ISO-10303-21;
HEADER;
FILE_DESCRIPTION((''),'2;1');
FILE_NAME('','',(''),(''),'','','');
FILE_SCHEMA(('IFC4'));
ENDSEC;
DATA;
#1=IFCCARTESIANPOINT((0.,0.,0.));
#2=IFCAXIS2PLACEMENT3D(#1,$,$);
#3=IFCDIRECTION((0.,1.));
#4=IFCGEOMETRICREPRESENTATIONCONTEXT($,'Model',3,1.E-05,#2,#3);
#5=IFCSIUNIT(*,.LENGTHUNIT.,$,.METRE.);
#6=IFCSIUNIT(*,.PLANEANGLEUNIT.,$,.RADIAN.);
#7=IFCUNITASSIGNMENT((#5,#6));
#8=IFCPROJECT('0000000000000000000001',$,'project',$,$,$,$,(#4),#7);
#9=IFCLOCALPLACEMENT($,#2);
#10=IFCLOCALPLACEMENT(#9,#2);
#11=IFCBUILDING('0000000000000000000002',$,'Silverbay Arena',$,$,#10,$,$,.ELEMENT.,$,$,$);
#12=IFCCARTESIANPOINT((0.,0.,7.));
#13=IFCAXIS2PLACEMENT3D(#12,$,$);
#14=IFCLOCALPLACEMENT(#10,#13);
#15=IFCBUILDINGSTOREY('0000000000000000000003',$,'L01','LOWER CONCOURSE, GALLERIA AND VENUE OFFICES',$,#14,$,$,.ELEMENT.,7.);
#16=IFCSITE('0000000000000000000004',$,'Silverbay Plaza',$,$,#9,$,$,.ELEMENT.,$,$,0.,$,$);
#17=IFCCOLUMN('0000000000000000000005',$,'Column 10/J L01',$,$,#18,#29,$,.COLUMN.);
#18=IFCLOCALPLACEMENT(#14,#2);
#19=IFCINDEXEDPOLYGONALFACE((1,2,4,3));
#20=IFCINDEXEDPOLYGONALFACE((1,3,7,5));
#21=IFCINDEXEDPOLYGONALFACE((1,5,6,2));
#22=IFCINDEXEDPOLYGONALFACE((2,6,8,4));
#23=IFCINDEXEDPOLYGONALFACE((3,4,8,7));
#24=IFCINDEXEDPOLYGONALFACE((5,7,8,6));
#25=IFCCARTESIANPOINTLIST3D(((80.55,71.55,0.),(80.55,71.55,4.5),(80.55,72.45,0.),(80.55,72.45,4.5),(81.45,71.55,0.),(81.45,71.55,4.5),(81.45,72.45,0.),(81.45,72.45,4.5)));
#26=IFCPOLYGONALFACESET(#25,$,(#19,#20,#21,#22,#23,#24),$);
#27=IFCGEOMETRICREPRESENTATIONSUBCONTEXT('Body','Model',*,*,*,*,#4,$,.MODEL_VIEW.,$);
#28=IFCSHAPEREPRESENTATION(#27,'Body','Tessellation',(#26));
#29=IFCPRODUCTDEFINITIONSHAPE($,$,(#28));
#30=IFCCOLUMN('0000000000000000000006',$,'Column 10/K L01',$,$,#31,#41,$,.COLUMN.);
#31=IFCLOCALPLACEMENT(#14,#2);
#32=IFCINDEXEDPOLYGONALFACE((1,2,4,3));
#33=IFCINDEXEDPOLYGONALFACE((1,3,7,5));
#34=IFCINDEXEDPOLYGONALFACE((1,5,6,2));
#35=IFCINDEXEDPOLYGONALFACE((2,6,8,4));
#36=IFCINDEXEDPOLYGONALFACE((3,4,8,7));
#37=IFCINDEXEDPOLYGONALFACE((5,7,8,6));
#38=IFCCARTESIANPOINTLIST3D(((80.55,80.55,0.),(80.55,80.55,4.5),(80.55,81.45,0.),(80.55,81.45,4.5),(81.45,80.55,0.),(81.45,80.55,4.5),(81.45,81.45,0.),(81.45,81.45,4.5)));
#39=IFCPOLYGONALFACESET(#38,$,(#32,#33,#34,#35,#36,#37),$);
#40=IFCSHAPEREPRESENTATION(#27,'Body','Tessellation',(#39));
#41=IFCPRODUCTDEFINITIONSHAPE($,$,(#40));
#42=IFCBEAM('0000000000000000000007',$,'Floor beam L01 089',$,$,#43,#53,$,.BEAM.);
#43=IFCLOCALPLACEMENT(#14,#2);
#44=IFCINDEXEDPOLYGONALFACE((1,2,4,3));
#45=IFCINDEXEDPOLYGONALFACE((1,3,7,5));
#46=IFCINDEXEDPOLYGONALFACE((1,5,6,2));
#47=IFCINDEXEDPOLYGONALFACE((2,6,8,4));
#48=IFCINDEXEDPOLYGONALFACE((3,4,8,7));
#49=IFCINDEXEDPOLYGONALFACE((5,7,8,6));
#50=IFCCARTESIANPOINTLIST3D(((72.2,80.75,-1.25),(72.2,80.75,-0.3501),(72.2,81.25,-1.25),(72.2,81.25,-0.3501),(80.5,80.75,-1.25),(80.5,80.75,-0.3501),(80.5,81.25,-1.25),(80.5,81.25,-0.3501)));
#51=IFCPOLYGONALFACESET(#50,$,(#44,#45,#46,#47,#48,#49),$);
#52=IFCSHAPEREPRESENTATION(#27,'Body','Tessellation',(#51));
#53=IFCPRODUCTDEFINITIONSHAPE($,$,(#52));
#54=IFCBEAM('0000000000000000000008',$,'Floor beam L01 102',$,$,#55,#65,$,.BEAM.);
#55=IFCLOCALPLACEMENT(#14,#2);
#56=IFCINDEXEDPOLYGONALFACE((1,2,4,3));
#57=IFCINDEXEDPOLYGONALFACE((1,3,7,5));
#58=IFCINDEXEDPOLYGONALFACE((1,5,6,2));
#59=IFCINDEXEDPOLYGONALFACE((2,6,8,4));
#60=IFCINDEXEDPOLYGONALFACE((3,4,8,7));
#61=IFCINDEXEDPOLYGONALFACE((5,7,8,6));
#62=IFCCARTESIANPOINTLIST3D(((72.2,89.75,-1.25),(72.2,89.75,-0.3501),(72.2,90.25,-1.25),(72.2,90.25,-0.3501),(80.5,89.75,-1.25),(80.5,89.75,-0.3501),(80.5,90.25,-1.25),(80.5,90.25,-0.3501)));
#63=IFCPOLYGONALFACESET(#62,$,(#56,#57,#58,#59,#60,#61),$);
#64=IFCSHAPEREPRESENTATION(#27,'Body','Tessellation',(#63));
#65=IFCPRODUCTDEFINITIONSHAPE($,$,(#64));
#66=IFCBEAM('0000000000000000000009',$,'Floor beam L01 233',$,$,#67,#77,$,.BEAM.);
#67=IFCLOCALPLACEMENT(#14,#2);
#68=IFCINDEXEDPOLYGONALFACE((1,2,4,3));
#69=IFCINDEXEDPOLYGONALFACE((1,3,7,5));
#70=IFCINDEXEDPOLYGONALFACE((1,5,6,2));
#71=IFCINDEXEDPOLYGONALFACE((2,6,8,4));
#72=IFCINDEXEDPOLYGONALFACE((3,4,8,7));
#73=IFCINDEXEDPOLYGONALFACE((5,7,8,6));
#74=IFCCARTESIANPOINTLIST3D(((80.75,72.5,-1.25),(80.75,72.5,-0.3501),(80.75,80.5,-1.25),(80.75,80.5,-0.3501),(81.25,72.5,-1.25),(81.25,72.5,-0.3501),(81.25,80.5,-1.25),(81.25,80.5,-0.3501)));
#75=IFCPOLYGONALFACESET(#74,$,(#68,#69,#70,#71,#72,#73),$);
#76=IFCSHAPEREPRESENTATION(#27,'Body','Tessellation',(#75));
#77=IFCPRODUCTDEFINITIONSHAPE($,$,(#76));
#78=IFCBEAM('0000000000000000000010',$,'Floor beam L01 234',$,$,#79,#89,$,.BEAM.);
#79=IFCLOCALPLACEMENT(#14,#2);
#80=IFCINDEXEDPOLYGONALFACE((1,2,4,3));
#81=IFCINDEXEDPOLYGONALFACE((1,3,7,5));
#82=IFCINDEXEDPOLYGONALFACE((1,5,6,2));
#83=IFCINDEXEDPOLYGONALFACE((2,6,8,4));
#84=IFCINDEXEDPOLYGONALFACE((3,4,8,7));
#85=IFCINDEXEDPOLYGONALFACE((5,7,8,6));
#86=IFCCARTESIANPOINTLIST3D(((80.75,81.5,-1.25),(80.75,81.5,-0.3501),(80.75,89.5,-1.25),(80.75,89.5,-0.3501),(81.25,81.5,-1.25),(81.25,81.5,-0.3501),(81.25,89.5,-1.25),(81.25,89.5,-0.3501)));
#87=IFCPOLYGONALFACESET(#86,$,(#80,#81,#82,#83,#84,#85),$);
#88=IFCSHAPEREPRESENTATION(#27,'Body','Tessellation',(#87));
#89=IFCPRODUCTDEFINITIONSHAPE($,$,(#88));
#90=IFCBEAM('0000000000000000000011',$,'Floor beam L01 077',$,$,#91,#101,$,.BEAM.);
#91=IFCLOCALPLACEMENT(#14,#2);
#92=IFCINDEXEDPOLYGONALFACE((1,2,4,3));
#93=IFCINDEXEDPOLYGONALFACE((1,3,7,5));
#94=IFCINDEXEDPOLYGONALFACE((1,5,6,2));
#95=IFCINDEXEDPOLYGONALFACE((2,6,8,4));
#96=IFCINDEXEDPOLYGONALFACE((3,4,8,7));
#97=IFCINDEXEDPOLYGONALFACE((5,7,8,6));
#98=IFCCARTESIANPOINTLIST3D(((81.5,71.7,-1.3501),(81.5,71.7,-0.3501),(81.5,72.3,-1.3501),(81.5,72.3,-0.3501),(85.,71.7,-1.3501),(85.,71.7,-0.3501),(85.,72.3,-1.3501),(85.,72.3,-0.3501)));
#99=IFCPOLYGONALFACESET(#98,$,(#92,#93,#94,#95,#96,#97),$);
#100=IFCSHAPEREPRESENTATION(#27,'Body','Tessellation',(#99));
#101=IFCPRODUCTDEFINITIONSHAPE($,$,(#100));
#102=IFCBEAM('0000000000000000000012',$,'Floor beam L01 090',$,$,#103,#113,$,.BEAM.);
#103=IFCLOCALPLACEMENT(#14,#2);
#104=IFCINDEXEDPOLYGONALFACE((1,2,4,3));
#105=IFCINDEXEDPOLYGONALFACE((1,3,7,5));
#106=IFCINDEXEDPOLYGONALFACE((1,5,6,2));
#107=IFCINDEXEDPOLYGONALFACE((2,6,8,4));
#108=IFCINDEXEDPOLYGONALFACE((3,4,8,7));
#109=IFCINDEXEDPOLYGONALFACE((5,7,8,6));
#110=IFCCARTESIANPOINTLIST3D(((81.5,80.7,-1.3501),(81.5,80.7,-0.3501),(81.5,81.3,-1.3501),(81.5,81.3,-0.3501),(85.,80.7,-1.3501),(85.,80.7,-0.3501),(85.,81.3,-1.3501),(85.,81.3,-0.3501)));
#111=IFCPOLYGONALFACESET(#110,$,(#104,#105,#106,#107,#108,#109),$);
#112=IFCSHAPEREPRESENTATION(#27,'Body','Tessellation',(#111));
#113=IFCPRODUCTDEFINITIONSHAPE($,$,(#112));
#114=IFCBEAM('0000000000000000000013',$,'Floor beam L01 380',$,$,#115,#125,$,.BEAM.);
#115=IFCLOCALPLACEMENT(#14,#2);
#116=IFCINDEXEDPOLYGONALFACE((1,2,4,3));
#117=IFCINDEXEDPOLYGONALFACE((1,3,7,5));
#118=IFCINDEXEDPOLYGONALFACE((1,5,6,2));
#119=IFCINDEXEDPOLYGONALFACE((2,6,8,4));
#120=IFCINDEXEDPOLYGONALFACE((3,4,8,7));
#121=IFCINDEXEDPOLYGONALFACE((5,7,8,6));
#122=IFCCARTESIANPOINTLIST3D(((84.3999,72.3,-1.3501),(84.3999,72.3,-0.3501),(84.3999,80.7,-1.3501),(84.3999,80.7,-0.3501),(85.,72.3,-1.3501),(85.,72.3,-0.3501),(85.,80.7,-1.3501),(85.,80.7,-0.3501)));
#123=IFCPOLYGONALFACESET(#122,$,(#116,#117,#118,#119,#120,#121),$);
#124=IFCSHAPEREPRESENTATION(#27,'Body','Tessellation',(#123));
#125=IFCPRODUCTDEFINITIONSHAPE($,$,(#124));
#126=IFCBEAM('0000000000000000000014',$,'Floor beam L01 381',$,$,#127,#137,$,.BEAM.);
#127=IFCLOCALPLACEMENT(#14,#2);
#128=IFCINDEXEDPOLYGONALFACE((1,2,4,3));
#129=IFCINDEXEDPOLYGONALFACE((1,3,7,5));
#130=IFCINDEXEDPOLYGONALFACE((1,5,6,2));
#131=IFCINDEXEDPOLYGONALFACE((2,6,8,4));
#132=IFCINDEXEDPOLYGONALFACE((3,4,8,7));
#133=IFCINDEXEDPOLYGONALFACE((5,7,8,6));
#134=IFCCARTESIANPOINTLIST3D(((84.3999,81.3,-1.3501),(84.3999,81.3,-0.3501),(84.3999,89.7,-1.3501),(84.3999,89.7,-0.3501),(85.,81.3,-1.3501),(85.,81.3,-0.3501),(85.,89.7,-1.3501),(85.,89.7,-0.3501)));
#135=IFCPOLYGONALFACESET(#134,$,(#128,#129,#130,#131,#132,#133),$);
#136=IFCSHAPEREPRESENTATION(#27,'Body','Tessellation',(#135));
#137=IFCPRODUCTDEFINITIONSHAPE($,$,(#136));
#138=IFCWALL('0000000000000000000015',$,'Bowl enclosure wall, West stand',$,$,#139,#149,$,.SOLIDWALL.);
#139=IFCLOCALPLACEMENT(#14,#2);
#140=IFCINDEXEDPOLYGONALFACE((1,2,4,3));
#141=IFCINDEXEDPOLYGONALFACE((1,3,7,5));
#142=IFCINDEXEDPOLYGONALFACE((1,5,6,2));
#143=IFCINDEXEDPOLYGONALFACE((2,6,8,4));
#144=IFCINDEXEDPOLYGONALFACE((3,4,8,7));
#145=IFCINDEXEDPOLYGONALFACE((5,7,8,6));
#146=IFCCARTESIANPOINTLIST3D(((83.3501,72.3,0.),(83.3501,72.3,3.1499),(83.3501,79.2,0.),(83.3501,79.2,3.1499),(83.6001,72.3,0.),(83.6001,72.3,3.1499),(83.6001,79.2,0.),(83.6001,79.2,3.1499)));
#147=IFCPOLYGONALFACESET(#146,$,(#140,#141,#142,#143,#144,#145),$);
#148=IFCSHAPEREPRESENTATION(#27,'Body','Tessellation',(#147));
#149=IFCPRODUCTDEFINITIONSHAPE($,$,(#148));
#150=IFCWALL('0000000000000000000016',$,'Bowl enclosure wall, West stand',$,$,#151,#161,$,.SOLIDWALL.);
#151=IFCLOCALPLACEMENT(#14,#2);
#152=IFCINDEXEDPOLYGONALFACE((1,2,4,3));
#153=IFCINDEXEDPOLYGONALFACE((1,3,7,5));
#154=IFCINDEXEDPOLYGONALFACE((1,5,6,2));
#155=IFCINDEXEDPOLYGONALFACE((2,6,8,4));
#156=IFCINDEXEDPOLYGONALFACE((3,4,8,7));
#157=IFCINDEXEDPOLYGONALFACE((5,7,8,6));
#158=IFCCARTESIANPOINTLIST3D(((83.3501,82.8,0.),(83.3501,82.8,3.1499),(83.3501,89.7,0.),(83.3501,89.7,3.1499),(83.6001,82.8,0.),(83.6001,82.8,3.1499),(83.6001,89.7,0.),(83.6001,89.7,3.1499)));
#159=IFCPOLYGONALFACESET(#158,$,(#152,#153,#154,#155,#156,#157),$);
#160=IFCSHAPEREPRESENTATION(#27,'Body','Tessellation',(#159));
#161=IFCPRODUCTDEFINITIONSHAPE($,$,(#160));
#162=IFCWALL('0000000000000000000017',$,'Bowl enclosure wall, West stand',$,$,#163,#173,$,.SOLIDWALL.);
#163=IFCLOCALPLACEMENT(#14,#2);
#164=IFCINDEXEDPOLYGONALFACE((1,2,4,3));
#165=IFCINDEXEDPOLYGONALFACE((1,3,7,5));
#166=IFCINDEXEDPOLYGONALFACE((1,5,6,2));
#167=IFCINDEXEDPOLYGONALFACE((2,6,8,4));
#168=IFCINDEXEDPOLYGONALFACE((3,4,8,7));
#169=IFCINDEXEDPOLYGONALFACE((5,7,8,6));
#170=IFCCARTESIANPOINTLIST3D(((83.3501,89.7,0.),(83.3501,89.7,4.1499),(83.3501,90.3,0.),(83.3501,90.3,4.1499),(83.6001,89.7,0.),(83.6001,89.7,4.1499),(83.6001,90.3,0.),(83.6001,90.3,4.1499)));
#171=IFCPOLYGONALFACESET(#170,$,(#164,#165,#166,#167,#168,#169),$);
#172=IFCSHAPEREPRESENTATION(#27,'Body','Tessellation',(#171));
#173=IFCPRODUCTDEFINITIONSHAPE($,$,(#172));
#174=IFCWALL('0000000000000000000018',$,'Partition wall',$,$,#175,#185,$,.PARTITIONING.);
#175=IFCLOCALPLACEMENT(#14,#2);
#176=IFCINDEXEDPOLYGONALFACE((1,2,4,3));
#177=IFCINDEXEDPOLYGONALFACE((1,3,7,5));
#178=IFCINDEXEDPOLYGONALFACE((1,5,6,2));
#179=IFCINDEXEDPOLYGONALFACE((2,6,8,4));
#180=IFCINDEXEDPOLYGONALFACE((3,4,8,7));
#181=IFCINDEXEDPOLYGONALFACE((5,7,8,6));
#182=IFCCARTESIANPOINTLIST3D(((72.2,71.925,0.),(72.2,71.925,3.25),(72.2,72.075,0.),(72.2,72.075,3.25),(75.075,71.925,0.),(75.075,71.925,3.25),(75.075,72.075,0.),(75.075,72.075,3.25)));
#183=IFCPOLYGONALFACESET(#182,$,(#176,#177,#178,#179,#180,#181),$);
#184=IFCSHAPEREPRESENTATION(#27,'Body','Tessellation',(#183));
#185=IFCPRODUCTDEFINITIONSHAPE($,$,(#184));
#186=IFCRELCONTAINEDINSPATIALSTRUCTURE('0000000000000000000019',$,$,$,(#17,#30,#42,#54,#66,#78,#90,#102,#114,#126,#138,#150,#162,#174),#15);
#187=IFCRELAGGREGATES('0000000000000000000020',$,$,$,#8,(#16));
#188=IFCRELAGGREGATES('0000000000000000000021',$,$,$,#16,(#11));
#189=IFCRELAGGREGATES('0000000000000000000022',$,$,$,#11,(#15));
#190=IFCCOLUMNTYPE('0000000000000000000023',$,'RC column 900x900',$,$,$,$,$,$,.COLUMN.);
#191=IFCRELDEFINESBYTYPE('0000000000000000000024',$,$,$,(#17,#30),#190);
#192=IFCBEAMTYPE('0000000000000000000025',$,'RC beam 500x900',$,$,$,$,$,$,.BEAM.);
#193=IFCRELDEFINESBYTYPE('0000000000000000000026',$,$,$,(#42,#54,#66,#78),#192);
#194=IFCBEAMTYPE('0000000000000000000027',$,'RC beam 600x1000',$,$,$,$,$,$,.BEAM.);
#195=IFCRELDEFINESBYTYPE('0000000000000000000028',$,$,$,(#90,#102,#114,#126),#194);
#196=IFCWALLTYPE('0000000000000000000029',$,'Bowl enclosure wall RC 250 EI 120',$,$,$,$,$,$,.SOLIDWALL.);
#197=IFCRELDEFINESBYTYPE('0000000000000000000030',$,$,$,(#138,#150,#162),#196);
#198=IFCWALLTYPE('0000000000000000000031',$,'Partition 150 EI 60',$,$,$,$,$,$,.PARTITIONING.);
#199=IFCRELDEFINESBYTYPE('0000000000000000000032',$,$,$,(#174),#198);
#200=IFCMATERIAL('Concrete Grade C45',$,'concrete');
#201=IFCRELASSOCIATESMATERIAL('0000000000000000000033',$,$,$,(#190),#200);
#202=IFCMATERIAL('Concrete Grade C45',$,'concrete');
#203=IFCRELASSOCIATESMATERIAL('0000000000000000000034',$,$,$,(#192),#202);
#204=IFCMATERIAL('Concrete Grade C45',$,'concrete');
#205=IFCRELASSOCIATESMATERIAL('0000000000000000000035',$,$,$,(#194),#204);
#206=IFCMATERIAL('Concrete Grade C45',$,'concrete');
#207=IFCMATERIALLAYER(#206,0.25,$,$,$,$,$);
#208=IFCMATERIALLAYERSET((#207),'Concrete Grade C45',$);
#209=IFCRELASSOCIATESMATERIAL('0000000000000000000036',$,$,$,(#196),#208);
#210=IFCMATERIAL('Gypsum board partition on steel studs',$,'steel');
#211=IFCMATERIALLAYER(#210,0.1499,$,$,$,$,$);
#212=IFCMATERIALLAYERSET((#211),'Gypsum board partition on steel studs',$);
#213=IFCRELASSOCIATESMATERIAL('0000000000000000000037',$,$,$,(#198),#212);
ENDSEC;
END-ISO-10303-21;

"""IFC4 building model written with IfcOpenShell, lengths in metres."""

from ifc_helpers import new_model, si_unit, direction, frame, frame_2d, origin, origin_2d, place, context, subcontext, project, spatial, rectangle, extrude, material, layer, layer_set, material_profile, profile_set, type_object, element, save


model = new_model("IFC4")

# Units and contexts
model_context = context("Model", 3, precision=1e-05, world=origin(), true_north=direction((0.0, 1.0)))
body_context = subcontext(model_context, "Body", "Model", "MODEL_VIEW")
ifc_project = project(units=[si_unit("LENGTHUNIT", "METRE"), si_unit("PLANEANGLEUNIT", "RADIAN")], contexts=[model_context])

# Site, building, storey
site_placement = place(None, origin())
site = spatial("IfcSite", under=ifc_project, at=site_placement, Name="Silverbay Plaza", CompositionType="ELEMENT", RefElevation=0.0)
building_placement = place(site_placement, origin())
building = spatial("IfcBuilding", under=site, at=building_placement, Name="Silverbay Arena", CompositionType="ELEMENT")
storey_placement = place(building_placement, frame((0.0, 0.0, 7.0)))
storey = spatial("IfcBuildingStorey", under=building, at=storey_placement, Name="L01", Description="LOWER CONCOURSE, GALLERIA AND VENUE OFFICES", CompositionType="ELEMENT", Elevation=7.0)

# Columns
ifc_material_1 = material(Name="Concrete Grade C45", Category="concrete")
ifc_material_profile_1 = material_profile(ifc_material_1, rectangle(XDim=0.8999, YDim=0.8999, at=origin_2d()), Name="RC 900x900")
ifc_profile_set_1 = profile_set([ifc_material_profile_1], Name="Concrete Grade C45")
column_type = type_object("IfcColumnType", Name="RC column 900x900", PredefinedType="COLUMN", material=ifc_profile_set_1)
for number, where, z_axis, x_axis, name in (
    (1, (81.0, 72.0, 0.0), (0.0, 0.0, 1.0), (1.0, 0.0, 0.0), "Column 10/J L01"),
    (2, (81.0, 81.0, 0.0), (0.0, 0.0, 1.0), (1.0, 0.0, 0.0), "Column 10/K L01"),
):
    element("IfcColumn", number, at=place(storey_placement, frame(where, z_axis=z_axis, x_axis=x_axis)), inside=storey, type_object=column_type, Name=name, PredefinedType="COLUMN", context=body_context, shape_type="SweptSolid", body=[
        extrude(rectangle(XDim=0.8999, YDim=0.8999, at=origin_2d()), origin(), (0.0, 0.0, 1.0), 4.5),
    ])

# Beams
ifc_material_2 = material(Name="Concrete Grade C45", Category="concrete")
ifc_material_profile_2 = material_profile(ifc_material_2, rectangle(XDim=0.5, YDim=0.8999, at=origin_2d()), Name="RC 500x900")
ifc_profile_set_2 = profile_set([ifc_material_profile_2], Name="Concrete Grade C45")
beam_type_1 = type_object("IfcBeamType", Name="RC beam 500x900", PredefinedType="BEAM", material=ifc_profile_set_2)
for number, where, z_axis, x_axis, name in (
    (3, (72.2, 81.0, -0.8), (1.0, 0.0, 0.0), (0.0, 1.0, 0.0), "Floor beam L01 089"),
    (4, (72.2, 90.0, -0.8), (1.0, 0.0, 0.0), (0.0, 1.0, 0.0), "Floor beam L01 102"),
):
    element("IfcBeam", number, at=place(storey_placement, frame(where, z_axis=z_axis, x_axis=x_axis)), inside=storey, type_object=beam_type_1, Name=name, PredefinedType="BEAM", context=body_context, shape_type="SweptSolid", body=[
        extrude(rectangle(XDim=0.5, YDim=0.8999, at=origin_2d()), origin(), (0.0, 0.0, 1.0), 8.3),
    ])
for number, where, z_axis, x_axis, name in (
    (5, (81.0, 72.5, -0.8), (0.0, 1.0, 0.0), (-1.0, 0.0, 0.0), "Floor beam L01 233"),
    (6, (81.0, 81.5, -0.8), (0.0, 1.0, 0.0), (-1.0, 0.0, 0.0), "Floor beam L01 234"),
):
    element("IfcBeam", number, at=place(storey_placement, frame(where, z_axis=z_axis, x_axis=x_axis)), inside=storey, type_object=beam_type_1, Name=name, PredefinedType="BEAM", context=body_context, shape_type="SweptSolid", body=[
        extrude(rectangle(XDim=0.5, YDim=0.8999, at=origin_2d()), origin(), (0.0, 0.0, 1.0), 8.0),
    ])
ifc_material_3 = material(Name="Concrete Grade C45", Category="concrete")
ifc_material_profile_3 = material_profile(ifc_material_3, rectangle(XDim=0.6001, YDim=1.0, at=origin_2d()), Name="RC 600x1000")
ifc_profile_set_3 = profile_set([ifc_material_profile_3], Name="Concrete Grade C45")
beam_type_2 = type_object("IfcBeamType", Name="RC beam 600x1000", PredefinedType="BEAM", material=ifc_profile_set_3)
for number, where, z_axis, x_axis, name in (
    (7, (81.5, 72.0, -0.8501), (1.0, 0.0, 0.0), (0.0, 1.0, 0.0), "Floor beam L01 077"),
    (8, (81.5, 81.0, -0.8501), (1.0, 0.0, 0.0), (0.0, 1.0, 0.0), "Floor beam L01 090"),
):
    element("IfcBeam", number, at=place(storey_placement, frame(where, z_axis=z_axis, x_axis=x_axis)), inside=storey, type_object=beam_type_2, Name=name, PredefinedType="BEAM", context=body_context, shape_type="SweptSolid", body=[
        extrude(rectangle(XDim=0.6001, YDim=1.0, at=origin_2d()), origin(), (0.0, 0.0, 1.0), 3.5),
    ])
for number, where, z_axis, x_axis, name in (
    (9, (84.7, 72.3, -0.8501), (0.0, 1.0, 0.0), (-1.0, 0.0, 0.0), "Floor beam L01 380"),
    (10, (84.7, 81.3, -0.8501), (0.0, 1.0, 0.0), (-1.0, 0.0, 0.0), "Floor beam L01 381"),
):
    element("IfcBeam", number, at=place(storey_placement, frame(where, z_axis=z_axis, x_axis=x_axis)), inside=storey, type_object=beam_type_2, Name=name, PredefinedType="BEAM", context=body_context, shape_type="SweptSolid", body=[
        extrude(rectangle(XDim=0.6001, YDim=1.0, at=origin_2d()), origin(), (0.0, 0.0, 1.0), 8.3999),
    ])

# Shared definitions
ifc_material_4 = material(Name="Concrete Grade C45", Category="concrete")
ifc_layer_1 = layer(ifc_material_4, 0.25)
ifc_layer_set_1 = layer_set([ifc_layer_1], Name="Concrete Grade C45")
wall_type_1 = type_object("IfcWallType", Name="Bowl enclosure wall RC 250 EI 120", PredefinedType="SOLIDWALL", material=ifc_layer_set_1)

# Walls
for number, where, z_axis, x_axis, name in (
    (11, (83.4751, 72.3, 0.0), (0.0, 0.0, 1.0), (0.0, 1.0, 0.0), "Bowl enclosure wall, West stand"),
    (12, (83.4751, 82.8, 0.0), (0.0, 0.0, 1.0), (0.0, 1.0, 0.0), "Bowl enclosure wall, West stand"),
):
    element("IfcWall", number, at=place(storey_placement, frame(where, z_axis=z_axis, x_axis=x_axis)), inside=storey, type_object=wall_type_1, Name=name, PredefinedType="SOLIDWALL", context=body_context, shape_type="SweptSolid", body=[
        extrude(rectangle(XDim=6.8999, YDim=0.25, at=frame_2d((3.45, 0.0))), origin(), (0.0, 0.0, 1.0), 3.1499),
    ])
wall_1_placement = place(storey_placement, frame((83.4751, 89.7, 0.0), z_axis=(0.0, 0.0, 1.0), x_axis=(0.0, 1.0, 0.0)))
element("IfcWall", 13, at=wall_1_placement, inside=storey, type_object=wall_type_1, Name="Bowl enclosure wall, West stand", PredefinedType="SOLIDWALL", context=body_context, shape_type="SweptSolid", body=[
    extrude(rectangle(XDim=0.6001, YDim=0.25, at=frame_2d((0.3, 0.0))), origin(), (0.0, 0.0, 1.0), 4.1499),
])
ifc_material_5 = material(Name="Gypsum board partition on steel studs", Category="steel")
ifc_layer_2 = layer(ifc_material_5, 0.1499)
ifc_layer_set_2 = layer_set([ifc_layer_2], Name="Gypsum board partition on steel studs")
wall_type_2 = type_object("IfcWallType", Name="Partition 150 EI 60", PredefinedType="PARTITIONING", material=ifc_layer_set_2)
wall_2_placement = place(storey_placement, frame((72.2, 72.0, 0.0), z_axis=(0.0, 0.0, 1.0), x_axis=(1.0, 0.0, 0.0)))
element("IfcWall", 14, at=wall_2_placement, inside=storey, type_object=wall_type_2, Name="Partition wall", PredefinedType="PARTITIONING", context=body_context, shape_type="SweptSolid", body=[
    extrude(rectangle(XDim=2.875, YDim=0.1499, at=frame_2d((1.4375, 0.0))), origin(), (0.0, 0.0, 1.0), 3.25),
])

save(model, "model.ifc")
